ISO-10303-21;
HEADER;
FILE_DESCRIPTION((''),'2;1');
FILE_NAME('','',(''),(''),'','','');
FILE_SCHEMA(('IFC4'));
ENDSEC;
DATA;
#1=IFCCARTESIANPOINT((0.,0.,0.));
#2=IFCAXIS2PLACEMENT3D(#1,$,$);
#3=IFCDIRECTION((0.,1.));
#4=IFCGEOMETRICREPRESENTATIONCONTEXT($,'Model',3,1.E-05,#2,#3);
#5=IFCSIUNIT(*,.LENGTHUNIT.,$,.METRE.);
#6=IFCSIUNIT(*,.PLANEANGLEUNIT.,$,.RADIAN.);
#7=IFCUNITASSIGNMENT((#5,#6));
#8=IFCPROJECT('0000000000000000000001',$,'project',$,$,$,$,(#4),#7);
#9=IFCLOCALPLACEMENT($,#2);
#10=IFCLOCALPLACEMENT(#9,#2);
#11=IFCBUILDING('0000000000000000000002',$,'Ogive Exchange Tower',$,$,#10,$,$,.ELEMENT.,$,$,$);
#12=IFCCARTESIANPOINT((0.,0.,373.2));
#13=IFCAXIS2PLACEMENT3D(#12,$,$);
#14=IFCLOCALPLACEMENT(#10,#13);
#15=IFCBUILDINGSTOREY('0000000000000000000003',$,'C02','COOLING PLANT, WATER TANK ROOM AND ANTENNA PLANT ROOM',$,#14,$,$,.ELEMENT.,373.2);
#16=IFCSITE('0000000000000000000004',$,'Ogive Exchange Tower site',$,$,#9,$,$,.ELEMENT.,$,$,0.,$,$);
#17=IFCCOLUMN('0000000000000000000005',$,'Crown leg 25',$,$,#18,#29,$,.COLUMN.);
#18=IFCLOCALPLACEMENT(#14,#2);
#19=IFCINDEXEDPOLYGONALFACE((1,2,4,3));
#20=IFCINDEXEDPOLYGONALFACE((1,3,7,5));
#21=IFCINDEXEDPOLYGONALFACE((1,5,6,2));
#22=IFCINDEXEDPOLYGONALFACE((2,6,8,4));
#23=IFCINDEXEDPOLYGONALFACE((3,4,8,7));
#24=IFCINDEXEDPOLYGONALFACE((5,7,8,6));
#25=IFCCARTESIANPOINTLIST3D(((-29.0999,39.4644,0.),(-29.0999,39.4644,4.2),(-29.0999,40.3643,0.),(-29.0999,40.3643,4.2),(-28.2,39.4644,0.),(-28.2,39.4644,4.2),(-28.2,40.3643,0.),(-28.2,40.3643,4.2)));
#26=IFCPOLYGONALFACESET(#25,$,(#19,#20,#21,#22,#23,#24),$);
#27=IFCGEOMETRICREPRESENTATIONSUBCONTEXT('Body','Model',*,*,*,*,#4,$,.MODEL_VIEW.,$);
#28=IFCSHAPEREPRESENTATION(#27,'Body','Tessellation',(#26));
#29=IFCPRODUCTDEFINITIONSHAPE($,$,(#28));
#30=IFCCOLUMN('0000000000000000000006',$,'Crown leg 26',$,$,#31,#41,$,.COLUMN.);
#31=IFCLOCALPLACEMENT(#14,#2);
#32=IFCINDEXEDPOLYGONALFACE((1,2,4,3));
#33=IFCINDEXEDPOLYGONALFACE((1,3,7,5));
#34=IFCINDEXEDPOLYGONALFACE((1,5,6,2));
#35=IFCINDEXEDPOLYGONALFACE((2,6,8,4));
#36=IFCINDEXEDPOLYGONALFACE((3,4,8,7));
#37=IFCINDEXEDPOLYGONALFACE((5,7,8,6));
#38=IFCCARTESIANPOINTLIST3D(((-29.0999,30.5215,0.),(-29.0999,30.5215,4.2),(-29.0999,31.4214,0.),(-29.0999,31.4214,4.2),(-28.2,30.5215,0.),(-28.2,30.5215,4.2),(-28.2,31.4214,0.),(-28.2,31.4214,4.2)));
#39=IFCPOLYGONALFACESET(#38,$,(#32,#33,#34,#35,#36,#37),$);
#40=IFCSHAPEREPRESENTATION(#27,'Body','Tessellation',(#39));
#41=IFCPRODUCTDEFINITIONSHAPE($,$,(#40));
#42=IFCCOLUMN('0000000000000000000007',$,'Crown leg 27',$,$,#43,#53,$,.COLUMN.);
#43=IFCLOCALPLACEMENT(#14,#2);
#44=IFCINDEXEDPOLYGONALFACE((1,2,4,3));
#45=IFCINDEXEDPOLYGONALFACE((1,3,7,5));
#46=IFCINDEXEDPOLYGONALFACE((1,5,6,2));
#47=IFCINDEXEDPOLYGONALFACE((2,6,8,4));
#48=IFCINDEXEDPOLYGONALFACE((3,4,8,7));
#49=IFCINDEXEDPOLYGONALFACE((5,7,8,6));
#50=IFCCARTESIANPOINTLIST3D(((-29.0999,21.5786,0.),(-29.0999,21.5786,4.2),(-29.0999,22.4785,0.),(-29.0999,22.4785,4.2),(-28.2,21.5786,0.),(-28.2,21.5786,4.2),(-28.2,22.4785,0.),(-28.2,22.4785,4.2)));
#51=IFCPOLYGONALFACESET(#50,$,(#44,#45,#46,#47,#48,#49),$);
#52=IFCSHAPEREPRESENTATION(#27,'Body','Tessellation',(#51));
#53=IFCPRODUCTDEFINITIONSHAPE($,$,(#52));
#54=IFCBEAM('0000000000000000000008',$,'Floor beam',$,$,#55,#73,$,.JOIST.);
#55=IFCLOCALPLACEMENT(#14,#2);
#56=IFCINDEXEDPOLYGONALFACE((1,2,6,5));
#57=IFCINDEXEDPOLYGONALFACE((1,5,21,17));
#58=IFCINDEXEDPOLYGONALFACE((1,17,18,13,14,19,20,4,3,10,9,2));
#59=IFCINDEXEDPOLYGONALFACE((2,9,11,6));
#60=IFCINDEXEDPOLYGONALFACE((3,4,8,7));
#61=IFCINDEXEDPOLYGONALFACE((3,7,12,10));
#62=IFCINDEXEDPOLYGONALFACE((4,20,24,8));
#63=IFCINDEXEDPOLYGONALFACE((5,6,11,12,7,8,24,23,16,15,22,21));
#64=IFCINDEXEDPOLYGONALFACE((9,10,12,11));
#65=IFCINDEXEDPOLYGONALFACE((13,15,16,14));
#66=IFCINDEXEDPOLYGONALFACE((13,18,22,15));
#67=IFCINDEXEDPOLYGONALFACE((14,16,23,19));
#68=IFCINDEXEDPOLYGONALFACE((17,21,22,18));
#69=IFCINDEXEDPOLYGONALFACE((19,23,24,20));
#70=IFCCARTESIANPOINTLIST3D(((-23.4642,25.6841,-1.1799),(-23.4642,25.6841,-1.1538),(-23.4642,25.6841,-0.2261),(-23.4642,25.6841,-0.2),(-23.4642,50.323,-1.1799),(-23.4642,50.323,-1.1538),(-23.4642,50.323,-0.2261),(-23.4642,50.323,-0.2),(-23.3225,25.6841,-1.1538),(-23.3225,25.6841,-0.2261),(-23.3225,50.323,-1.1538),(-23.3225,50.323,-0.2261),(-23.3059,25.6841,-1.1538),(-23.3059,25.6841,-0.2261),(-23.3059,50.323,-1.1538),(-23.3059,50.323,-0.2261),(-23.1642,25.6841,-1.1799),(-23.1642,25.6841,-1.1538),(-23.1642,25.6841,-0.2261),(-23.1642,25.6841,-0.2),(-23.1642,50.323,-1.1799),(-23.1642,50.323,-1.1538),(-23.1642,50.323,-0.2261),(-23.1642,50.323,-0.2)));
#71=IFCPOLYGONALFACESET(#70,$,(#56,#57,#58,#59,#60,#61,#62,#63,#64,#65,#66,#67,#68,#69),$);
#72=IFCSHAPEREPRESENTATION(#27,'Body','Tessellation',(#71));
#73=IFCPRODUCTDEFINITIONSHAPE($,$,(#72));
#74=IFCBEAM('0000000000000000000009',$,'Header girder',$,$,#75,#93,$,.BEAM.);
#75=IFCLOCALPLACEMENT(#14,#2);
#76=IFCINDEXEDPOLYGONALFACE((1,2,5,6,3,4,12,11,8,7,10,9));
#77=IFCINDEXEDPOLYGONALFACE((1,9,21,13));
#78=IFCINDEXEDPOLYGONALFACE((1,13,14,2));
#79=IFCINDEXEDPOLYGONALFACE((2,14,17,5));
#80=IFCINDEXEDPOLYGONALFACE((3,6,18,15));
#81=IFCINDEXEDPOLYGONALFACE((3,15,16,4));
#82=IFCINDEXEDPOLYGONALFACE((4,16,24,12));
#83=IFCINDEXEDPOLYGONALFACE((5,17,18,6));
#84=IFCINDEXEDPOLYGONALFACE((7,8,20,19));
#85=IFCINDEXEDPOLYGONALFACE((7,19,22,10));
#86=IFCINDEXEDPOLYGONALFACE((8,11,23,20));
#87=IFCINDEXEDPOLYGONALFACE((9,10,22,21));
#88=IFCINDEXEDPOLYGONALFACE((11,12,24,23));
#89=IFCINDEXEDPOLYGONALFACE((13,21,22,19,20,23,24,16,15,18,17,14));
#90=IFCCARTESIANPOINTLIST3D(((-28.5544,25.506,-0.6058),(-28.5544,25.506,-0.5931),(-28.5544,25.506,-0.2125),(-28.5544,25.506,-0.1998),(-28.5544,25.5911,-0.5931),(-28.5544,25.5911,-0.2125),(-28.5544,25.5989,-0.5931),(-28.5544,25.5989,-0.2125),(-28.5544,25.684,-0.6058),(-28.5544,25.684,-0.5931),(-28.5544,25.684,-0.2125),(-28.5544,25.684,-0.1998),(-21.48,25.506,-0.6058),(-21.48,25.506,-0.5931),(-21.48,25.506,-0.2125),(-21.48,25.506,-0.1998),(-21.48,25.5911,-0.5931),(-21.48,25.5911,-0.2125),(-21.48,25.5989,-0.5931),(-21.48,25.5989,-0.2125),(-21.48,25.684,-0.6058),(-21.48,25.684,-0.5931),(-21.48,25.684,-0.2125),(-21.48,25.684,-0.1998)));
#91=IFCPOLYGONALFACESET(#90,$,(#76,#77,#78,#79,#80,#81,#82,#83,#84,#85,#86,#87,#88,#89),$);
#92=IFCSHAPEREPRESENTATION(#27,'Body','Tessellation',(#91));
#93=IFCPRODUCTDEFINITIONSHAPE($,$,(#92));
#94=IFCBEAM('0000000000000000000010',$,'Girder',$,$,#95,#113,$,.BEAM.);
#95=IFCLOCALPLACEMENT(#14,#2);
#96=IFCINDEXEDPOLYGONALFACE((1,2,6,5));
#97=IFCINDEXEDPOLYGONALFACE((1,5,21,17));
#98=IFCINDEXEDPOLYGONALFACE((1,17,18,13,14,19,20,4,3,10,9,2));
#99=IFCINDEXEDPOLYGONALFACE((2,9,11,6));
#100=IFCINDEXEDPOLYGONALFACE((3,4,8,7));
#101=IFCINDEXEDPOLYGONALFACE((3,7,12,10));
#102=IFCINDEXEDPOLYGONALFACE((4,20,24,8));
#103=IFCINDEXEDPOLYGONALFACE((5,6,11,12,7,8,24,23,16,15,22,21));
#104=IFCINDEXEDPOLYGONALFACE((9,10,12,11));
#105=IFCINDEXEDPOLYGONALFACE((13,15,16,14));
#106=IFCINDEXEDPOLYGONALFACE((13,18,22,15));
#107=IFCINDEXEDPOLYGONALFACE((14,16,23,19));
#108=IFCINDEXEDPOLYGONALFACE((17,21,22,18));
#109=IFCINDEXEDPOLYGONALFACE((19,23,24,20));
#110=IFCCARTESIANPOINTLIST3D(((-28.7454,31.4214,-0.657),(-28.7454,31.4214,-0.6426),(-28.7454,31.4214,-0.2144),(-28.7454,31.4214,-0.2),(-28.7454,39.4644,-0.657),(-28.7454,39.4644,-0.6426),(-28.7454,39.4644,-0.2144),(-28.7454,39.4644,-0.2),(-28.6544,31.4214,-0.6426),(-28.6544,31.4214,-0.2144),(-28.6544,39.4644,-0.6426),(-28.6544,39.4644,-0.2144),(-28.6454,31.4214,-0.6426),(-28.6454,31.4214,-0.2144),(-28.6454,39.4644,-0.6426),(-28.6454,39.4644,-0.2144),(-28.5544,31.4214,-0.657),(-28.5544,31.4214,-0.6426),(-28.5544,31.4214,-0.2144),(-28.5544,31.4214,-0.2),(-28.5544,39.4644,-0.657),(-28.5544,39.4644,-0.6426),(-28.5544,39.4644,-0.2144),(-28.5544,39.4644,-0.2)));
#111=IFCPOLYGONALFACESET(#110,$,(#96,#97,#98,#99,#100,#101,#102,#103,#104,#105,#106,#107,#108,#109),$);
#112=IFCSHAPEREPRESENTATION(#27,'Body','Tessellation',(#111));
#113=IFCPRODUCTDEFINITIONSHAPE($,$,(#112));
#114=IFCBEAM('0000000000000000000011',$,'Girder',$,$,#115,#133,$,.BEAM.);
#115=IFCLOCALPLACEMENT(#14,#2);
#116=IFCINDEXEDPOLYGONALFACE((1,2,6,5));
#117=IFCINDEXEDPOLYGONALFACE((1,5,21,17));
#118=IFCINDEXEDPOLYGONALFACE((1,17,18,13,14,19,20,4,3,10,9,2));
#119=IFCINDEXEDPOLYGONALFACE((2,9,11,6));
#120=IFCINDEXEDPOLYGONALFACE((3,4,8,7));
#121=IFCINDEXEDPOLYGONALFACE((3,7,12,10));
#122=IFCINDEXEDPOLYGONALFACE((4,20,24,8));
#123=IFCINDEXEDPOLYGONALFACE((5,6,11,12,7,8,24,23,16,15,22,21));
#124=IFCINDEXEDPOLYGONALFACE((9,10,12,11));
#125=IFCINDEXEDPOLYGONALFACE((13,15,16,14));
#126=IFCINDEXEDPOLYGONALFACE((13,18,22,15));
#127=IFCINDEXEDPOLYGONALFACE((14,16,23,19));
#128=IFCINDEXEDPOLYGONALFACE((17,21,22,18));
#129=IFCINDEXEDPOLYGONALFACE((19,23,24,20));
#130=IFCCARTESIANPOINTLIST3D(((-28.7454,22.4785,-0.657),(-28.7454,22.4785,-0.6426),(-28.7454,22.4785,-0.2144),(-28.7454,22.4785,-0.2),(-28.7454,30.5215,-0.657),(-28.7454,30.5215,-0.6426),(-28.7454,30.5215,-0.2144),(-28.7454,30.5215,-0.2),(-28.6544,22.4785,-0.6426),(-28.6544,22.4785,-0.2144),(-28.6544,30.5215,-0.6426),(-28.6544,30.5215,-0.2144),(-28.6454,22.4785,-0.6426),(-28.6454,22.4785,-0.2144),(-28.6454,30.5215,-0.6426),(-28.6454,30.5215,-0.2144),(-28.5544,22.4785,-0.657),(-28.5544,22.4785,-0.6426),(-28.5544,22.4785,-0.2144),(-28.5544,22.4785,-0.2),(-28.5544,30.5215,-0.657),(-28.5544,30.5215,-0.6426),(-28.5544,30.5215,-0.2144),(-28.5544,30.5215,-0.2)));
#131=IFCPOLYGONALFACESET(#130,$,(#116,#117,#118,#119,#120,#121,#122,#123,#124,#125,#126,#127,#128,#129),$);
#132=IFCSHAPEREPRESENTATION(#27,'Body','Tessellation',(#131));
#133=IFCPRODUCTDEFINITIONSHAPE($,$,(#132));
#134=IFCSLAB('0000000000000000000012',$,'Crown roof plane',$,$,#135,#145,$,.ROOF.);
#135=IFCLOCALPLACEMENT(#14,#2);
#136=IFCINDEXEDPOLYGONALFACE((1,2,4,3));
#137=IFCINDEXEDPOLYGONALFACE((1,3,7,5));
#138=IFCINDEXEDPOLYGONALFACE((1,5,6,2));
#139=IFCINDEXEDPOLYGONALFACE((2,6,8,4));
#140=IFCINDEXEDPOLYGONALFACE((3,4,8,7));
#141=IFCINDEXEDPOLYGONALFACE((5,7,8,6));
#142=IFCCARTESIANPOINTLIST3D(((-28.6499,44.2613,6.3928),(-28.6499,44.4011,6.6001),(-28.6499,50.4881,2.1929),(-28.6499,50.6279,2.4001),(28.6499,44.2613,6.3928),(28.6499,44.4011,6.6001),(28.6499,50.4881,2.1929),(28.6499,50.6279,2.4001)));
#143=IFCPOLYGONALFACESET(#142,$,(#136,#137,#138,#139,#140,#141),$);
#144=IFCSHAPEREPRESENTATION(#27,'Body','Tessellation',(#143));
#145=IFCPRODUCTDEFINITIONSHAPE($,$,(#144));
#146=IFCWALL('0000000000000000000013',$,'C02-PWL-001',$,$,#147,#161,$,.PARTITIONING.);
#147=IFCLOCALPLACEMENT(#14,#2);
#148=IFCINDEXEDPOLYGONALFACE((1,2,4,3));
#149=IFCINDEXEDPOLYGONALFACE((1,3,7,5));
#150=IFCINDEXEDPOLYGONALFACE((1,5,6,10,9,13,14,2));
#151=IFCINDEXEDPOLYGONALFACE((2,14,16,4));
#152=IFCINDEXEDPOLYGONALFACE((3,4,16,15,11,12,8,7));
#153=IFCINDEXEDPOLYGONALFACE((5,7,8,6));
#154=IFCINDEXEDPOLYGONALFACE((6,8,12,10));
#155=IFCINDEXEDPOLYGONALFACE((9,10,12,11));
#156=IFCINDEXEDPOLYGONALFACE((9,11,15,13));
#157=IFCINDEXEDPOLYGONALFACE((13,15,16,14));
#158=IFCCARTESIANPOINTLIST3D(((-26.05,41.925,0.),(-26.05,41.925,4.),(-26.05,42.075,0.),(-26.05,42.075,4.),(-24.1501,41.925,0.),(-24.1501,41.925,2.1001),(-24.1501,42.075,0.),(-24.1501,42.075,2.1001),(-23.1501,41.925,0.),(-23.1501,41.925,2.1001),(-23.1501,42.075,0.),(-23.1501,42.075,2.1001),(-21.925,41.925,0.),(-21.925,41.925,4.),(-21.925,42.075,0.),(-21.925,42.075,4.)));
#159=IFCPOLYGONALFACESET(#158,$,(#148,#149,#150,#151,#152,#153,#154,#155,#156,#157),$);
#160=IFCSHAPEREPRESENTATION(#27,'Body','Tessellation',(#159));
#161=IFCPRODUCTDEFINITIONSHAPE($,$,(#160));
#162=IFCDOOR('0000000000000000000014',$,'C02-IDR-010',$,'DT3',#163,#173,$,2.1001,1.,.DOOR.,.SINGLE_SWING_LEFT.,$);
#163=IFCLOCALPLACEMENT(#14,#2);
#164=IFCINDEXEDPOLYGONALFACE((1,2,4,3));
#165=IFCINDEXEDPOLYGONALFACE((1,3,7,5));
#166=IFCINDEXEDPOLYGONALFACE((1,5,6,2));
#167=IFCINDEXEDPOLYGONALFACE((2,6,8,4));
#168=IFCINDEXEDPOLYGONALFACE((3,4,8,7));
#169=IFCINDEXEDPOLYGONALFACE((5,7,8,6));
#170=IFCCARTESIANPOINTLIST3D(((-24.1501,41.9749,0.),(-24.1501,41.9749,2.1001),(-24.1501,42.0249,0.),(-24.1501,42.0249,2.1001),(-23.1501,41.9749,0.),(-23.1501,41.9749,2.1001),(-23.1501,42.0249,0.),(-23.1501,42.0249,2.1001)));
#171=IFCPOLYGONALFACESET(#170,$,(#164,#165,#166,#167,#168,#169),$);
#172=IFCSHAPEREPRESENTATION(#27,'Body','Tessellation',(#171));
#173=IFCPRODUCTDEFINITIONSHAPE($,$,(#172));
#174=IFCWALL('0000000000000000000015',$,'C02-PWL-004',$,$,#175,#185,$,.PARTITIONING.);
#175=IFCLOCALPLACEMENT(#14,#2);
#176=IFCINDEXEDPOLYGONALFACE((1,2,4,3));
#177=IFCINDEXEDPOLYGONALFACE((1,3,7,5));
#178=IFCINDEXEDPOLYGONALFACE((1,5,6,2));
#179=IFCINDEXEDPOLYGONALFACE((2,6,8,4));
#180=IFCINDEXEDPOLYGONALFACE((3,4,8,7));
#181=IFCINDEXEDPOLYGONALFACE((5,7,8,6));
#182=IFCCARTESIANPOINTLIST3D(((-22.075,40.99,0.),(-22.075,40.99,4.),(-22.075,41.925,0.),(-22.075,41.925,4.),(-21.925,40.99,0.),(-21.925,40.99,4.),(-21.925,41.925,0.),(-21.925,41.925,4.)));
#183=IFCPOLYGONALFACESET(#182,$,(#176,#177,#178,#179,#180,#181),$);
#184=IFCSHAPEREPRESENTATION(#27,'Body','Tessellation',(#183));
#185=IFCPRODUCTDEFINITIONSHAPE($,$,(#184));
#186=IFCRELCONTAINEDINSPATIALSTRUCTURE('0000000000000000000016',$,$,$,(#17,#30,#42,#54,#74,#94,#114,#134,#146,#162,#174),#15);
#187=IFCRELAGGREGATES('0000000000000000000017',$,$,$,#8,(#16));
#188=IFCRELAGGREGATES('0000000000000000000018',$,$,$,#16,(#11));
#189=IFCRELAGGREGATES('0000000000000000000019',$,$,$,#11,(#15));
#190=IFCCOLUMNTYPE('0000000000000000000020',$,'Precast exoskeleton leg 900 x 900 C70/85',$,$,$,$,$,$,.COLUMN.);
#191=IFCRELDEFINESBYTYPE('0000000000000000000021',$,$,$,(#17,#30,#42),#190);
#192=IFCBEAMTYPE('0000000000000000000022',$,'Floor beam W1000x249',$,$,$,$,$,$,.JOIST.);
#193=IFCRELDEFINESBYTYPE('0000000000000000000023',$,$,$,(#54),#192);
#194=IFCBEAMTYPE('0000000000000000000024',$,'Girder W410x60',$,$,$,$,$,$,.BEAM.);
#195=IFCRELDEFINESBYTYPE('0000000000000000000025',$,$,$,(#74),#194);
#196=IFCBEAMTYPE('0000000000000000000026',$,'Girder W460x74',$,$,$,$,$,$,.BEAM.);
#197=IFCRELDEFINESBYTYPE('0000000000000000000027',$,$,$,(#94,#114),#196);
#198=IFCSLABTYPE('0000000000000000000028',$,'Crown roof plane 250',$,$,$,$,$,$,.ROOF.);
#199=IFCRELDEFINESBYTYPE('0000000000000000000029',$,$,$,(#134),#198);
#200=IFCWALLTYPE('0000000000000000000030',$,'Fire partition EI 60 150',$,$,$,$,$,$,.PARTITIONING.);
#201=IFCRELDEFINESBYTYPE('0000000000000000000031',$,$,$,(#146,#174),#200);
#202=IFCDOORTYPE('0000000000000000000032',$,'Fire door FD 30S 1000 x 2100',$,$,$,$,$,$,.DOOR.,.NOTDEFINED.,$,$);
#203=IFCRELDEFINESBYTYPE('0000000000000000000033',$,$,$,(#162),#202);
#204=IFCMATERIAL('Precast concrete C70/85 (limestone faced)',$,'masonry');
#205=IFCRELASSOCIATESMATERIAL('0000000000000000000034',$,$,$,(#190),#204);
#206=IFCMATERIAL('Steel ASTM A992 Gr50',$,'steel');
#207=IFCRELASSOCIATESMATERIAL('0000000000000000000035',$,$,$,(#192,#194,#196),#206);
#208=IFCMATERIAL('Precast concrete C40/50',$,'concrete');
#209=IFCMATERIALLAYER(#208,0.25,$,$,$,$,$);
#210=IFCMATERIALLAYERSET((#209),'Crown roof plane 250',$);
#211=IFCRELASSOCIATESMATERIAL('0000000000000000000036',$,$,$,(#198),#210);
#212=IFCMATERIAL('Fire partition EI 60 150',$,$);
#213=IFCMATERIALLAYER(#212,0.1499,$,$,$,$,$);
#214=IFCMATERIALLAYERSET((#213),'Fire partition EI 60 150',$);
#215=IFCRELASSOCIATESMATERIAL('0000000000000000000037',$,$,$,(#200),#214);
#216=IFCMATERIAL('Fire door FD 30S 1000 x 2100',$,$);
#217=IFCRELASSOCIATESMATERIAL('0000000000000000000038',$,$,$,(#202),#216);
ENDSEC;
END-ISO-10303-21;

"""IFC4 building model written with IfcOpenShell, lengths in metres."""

from ifc_helpers import new_model, si_unit, direction, frame, frame_2d, origin, origin_2d, place, context, subcontext, project, spatial, polyline, rectangle, i_section, outline, extrude, material, layer, layer_set, material_profile, profile_set, type_object, element, fill, save


model = new_model("IFC4")

# Units and contexts
model_context = context("Model", 3, precision=1e-05, world=origin(), true_north=direction((0.0, 1.0)))
body_context = subcontext(model_context, "Body", "Model", "MODEL_VIEW")
ifc_project = project(units=[si_unit("LENGTHUNIT", "METRE"), si_unit("PLANEANGLEUNIT", "RADIAN")], contexts=[model_context])

# Site, building, storey
site_placement = place(None, origin())
site = spatial("IfcSite", under=ifc_project, at=site_placement, Name="Ogive Exchange Tower site", CompositionType="ELEMENT", RefElevation=0.0)
building_placement = place(site_placement, origin())
building = spatial("IfcBuilding", under=site, at=building_placement, Name="Ogive Exchange Tower", CompositionType="ELEMENT")
storey_placement = place(building_placement, frame((0.0, 0.0, 373.2)))
storey = spatial("IfcBuildingStorey", under=building, at=storey_placement, Name="C02", Description="COOLING PLANT, WATER TANK ROOM AND ANTENNA PLANT ROOM", CompositionType="ELEMENT", Elevation=373.2)

# Columns
ifc_material_1 = material(Name="Precast concrete C70/85 (limestone faced)", Category="masonry")
ifc_material_profile_1 = material_profile(ifc_material_1, rectangle(XDim=0.8999, YDim=0.8999, at=origin_2d()), Name="900 x 900")
ifc_profile_set_1 = profile_set([ifc_material_profile_1], Name="Precast concrete C70/85 (limestone faced)")
column_type = type_object("IfcColumnType", Name="Precast exoskeleton leg 900 x 900 C70/85", PredefinedType="COLUMN", material=ifc_profile_set_1)
for number, where, z_axis, x_axis, name in (
    (1, (-28.6499, 39.9143, 0.0), (0.0, 0.0, 1.0), (1.0, 0.0, 0.0), "Crown leg 25"),
    (2, (-28.6499, 30.9714, 0.0), (0.0, 0.0, 1.0), (1.0, 0.0, 0.0), "Crown leg 26"),
    (3, (-28.6499, 22.0286, 0.0), (0.0, 0.0, 1.0), (1.0, 0.0, 0.0), "Crown leg 27"),
):
    element("IfcColumn", number, at=place(storey_placement, frame(where, z_axis=z_axis, x_axis=x_axis)), inside=storey, type_object=column_type, Name=name, PredefinedType="COLUMN", context=body_context, shape_type="SweptSolid", body=[
        extrude(rectangle(XDim=0.8999, YDim=0.8999, at=origin_2d()), origin(), (0.0, 0.0, 1.0), 4.2),
    ])

# Beams
ifc_material_2 = material(Name="Steel ASTM A992 Gr50", Category="steel")
ifc_material_profile_2 = material_profile(ifc_material_2, i_section(OverallWidth=0.3, OverallDepth=0.98, WebThickness=0.0166, FlangeThickness=0.0261, at=origin_2d()), Name="W1000x249")
ifc_profile_set_2 = profile_set([ifc_material_profile_2], Name="Steel ASTM A992 Gr50")
beam_type_1 = type_object("IfcBeamType", Name="Floor beam W1000x249", PredefinedType="JOIST", material=ifc_profile_set_2)
beam_1_placement = place(storey_placement, frame((-23.3142, 25.6841, -0.6899), z_axis=(0.0, 1.0, 0.0), x_axis=(-1.0, 0.0, 0.0)))
element("IfcBeam", 4, at=beam_1_placement, inside=storey, type_object=beam_type_1, Name="Floor beam", PredefinedType="JOIST", context=body_context, shape_type="SweptSolid", body=[
    extrude(i_section(OverallWidth=0.3, OverallDepth=0.98, WebThickness=0.0166, FlangeThickness=0.0261, at=origin_2d()), origin(), (0.0, 0.0, 1.0), 24.6389),
])
ifc_material_profile_3 = material_profile(ifc_material_2, i_section(OverallWidth=0.178, OverallDepth=0.406, WebThickness=0.0078, FlangeThickness=0.0127, at=origin_2d()), Name="W410x60")
ifc_profile_set_3 = profile_set([ifc_material_profile_3], Name="Steel ASTM A992 Gr50")
beam_type_2 = type_object("IfcBeamType", Name="Girder W410x60", PredefinedType="BEAM", material=ifc_profile_set_3)
beam_2_placement = place(storey_placement, frame((-28.5544, 25.595, -0.4028), z_axis=(1.0, 0.0, 0.0), x_axis=(0.0, 1.0, 0.0)))
element("IfcBeam", 5, at=beam_2_placement, inside=storey, type_object=beam_type_2, Name="Header girder", PredefinedType="BEAM", context=body_context, shape_type="SweptSolid", body=[
    extrude(i_section(OverallWidth=0.178, OverallDepth=0.406, WebThickness=0.0078, FlangeThickness=0.0127, at=origin_2d()), origin(), (0.0, 0.0, 1.0), 7.0745),
])
ifc_material_profile_4 = material_profile(ifc_material_2, i_section(OverallWidth=0.1909, OverallDepth=0.457, WebThickness=0.009, FlangeThickness=0.0144, at=origin_2d()), Name="W460x74")
ifc_profile_set_4 = profile_set([ifc_material_profile_4], Name="Steel ASTM A992 Gr50")
beam_type_3 = type_object("IfcBeamType", Name="Girder W460x74", PredefinedType="BEAM", material=ifc_profile_set_4)
for number, where, z_axis, x_axis, name in (
    (6, (-28.6499, 39.4644, -0.4285), (0.0, -1.0, 0.0), (1.0, 0.0, 0.0), "Girder"),
    (7, (-28.6499, 30.5215, -0.4285), (0.0, -1.0, 0.0), (1.0, 0.0, 0.0), "Girder"),
):
    element("IfcBeam", number, at=place(storey_placement, frame(where, z_axis=z_axis, x_axis=x_axis)), inside=storey, type_object=beam_type_3, Name=name, PredefinedType="BEAM", context=body_context, shape_type="SweptSolid", body=[
        extrude(i_section(OverallWidth=0.1909, OverallDepth=0.457, WebThickness=0.009, FlangeThickness=0.0144, at=origin_2d()), origin(), (0.0, 0.0, 1.0), 8.043),
    ])

# Slab
ifc_material_3 = material(Name="Precast concrete C40/50", Category="concrete")
ifc_layer_1 = layer(ifc_material_3, 0.25)
ifc_layer_set_1 = layer_set([ifc_layer_1], Name="Crown roof plane 250")
slab_type = type_object("IfcSlabType", Name="Crown roof plane 250", PredefinedType="ROOF", material=ifc_layer_set_1)
slab_placement = place(storey_placement, frame((-28.6499, 44.4011, 6.6001), z_axis=(0.0, 0.559185, 0.829043), x_axis=(0.0, 0.829043, -0.559185)))
element("IfcSlab", 8, at=slab_placement, inside=storey, type_object=slab_type, Name="Crown roof plane", PredefinedType="ROOF", context=body_context, shape_type="SweptSolid", body=[
    extrude(outline(polyline([(0.0, 0.0), (7.5108, 0.0), (7.5108, -57.2998), (0.0, -57.2998), (0.0, 0.0)])), origin(), (0.0, 0.0, -1.0), 0.25),
])

# Wall, opening, door
ifc_material_4 = material(Name="Fire partition EI 60 150")
ifc_layer_2 = layer(ifc_material_4, 0.1499)
ifc_layer_set_2 = layer_set([ifc_layer_2], Name="Fire partition EI 60 150")
wall_type_1 = type_object("IfcWallType", Name="Fire partition EI 60 150", PredefinedType="PARTITIONING", material=ifc_layer_set_2)
wall_1_placement = place(storey_placement, frame((-26.05, 42.0, 0.0), z_axis=(0.0, 0.0, 1.0), x_axis=(1.0, 0.0, 0.0)))
wall_1 = element("IfcWall", 9, at=wall_1_placement, inside=storey, type_object=wall_type_1, Name="C02-PWL-001", PredefinedType="PARTITIONING", context=body_context, shape_type="SweptSolid", body=[
    extrude(rectangle(XDim=4.125, YDim=0.1499, at=frame_2d((2.0625, 0.0))), origin(), (0.0, 0.0, 1.0), 4.0),
])
opening_1_placement = place(wall_1_placement, frame((1.8999, 0.0, 0.0)))
opening_1 = element("IfcOpeningElement", 10, at=opening_1_placement, cuts=wall_1, PredefinedType="OPENING", context=body_context, shape_type="SweptSolid", body=[
    extrude(rectangle(XDim=1.0, YDim=2.1001, at=frame_2d((0.5, 1.05))), frame((0.0, 0.085, 0.0), z_axis=(0.0, -1.0, 0.0), x_axis=(1.0, 0.0, 0.0)), (0.0, 0.0, 1.0), 0.1699),
])
ifc_material_5 = material(Name="Fire door FD 30S 1000 x 2100")
door_type_1 = type_object("IfcDoorType", Name="Fire door FD 30S 1000 x 2100", OperationType="NOTDEFINED", PredefinedType="DOOR", material=ifc_material_5)
door_1_placement = place(opening_1_placement, origin())
door_1 = element("IfcDoor", 11, at=door_1_placement, inside=storey, type_object=door_type_1, Name="C02-IDR-010", ObjectType="DT3", OperationType="SINGLE_SWING_LEFT", OverallHeight=2.1001, OverallWidth=1.0, PredefinedType="DOOR", context=body_context, shape_type="SweptSolid", body=[
    extrude(rectangle(XDim=1.0, YDim=2.1001, at=frame_2d((0.5, 1.05))), frame((0.0, 0.0249, 0.0), z_axis=(0.0, -1.0, 0.0), x_axis=(1.0, 0.0, 0.0)), (0.0, 0.0, 1.0), 0.05),
])
fill(opening_1, door_1)

# Wall
wall_2_placement = place(storey_placement, frame((-22.0, 41.925, 0.0), z_axis=(0.0, 0.0, 1.0), x_axis=(0.0, -1.0, 0.0)))
element("IfcWall", 12, at=wall_2_placement, inside=storey, type_object=wall_type_1, Name="C02-PWL-004", PredefinedType="PARTITIONING", context=body_context, shape_type="SweptSolid", body=[
    extrude(rectangle(XDim=0.9351, YDim=0.1499, at=frame_2d((0.4675, 0.0))), origin(), (0.0, 0.0, 1.0), 4.0),
])

save(model, "model.ifc")
